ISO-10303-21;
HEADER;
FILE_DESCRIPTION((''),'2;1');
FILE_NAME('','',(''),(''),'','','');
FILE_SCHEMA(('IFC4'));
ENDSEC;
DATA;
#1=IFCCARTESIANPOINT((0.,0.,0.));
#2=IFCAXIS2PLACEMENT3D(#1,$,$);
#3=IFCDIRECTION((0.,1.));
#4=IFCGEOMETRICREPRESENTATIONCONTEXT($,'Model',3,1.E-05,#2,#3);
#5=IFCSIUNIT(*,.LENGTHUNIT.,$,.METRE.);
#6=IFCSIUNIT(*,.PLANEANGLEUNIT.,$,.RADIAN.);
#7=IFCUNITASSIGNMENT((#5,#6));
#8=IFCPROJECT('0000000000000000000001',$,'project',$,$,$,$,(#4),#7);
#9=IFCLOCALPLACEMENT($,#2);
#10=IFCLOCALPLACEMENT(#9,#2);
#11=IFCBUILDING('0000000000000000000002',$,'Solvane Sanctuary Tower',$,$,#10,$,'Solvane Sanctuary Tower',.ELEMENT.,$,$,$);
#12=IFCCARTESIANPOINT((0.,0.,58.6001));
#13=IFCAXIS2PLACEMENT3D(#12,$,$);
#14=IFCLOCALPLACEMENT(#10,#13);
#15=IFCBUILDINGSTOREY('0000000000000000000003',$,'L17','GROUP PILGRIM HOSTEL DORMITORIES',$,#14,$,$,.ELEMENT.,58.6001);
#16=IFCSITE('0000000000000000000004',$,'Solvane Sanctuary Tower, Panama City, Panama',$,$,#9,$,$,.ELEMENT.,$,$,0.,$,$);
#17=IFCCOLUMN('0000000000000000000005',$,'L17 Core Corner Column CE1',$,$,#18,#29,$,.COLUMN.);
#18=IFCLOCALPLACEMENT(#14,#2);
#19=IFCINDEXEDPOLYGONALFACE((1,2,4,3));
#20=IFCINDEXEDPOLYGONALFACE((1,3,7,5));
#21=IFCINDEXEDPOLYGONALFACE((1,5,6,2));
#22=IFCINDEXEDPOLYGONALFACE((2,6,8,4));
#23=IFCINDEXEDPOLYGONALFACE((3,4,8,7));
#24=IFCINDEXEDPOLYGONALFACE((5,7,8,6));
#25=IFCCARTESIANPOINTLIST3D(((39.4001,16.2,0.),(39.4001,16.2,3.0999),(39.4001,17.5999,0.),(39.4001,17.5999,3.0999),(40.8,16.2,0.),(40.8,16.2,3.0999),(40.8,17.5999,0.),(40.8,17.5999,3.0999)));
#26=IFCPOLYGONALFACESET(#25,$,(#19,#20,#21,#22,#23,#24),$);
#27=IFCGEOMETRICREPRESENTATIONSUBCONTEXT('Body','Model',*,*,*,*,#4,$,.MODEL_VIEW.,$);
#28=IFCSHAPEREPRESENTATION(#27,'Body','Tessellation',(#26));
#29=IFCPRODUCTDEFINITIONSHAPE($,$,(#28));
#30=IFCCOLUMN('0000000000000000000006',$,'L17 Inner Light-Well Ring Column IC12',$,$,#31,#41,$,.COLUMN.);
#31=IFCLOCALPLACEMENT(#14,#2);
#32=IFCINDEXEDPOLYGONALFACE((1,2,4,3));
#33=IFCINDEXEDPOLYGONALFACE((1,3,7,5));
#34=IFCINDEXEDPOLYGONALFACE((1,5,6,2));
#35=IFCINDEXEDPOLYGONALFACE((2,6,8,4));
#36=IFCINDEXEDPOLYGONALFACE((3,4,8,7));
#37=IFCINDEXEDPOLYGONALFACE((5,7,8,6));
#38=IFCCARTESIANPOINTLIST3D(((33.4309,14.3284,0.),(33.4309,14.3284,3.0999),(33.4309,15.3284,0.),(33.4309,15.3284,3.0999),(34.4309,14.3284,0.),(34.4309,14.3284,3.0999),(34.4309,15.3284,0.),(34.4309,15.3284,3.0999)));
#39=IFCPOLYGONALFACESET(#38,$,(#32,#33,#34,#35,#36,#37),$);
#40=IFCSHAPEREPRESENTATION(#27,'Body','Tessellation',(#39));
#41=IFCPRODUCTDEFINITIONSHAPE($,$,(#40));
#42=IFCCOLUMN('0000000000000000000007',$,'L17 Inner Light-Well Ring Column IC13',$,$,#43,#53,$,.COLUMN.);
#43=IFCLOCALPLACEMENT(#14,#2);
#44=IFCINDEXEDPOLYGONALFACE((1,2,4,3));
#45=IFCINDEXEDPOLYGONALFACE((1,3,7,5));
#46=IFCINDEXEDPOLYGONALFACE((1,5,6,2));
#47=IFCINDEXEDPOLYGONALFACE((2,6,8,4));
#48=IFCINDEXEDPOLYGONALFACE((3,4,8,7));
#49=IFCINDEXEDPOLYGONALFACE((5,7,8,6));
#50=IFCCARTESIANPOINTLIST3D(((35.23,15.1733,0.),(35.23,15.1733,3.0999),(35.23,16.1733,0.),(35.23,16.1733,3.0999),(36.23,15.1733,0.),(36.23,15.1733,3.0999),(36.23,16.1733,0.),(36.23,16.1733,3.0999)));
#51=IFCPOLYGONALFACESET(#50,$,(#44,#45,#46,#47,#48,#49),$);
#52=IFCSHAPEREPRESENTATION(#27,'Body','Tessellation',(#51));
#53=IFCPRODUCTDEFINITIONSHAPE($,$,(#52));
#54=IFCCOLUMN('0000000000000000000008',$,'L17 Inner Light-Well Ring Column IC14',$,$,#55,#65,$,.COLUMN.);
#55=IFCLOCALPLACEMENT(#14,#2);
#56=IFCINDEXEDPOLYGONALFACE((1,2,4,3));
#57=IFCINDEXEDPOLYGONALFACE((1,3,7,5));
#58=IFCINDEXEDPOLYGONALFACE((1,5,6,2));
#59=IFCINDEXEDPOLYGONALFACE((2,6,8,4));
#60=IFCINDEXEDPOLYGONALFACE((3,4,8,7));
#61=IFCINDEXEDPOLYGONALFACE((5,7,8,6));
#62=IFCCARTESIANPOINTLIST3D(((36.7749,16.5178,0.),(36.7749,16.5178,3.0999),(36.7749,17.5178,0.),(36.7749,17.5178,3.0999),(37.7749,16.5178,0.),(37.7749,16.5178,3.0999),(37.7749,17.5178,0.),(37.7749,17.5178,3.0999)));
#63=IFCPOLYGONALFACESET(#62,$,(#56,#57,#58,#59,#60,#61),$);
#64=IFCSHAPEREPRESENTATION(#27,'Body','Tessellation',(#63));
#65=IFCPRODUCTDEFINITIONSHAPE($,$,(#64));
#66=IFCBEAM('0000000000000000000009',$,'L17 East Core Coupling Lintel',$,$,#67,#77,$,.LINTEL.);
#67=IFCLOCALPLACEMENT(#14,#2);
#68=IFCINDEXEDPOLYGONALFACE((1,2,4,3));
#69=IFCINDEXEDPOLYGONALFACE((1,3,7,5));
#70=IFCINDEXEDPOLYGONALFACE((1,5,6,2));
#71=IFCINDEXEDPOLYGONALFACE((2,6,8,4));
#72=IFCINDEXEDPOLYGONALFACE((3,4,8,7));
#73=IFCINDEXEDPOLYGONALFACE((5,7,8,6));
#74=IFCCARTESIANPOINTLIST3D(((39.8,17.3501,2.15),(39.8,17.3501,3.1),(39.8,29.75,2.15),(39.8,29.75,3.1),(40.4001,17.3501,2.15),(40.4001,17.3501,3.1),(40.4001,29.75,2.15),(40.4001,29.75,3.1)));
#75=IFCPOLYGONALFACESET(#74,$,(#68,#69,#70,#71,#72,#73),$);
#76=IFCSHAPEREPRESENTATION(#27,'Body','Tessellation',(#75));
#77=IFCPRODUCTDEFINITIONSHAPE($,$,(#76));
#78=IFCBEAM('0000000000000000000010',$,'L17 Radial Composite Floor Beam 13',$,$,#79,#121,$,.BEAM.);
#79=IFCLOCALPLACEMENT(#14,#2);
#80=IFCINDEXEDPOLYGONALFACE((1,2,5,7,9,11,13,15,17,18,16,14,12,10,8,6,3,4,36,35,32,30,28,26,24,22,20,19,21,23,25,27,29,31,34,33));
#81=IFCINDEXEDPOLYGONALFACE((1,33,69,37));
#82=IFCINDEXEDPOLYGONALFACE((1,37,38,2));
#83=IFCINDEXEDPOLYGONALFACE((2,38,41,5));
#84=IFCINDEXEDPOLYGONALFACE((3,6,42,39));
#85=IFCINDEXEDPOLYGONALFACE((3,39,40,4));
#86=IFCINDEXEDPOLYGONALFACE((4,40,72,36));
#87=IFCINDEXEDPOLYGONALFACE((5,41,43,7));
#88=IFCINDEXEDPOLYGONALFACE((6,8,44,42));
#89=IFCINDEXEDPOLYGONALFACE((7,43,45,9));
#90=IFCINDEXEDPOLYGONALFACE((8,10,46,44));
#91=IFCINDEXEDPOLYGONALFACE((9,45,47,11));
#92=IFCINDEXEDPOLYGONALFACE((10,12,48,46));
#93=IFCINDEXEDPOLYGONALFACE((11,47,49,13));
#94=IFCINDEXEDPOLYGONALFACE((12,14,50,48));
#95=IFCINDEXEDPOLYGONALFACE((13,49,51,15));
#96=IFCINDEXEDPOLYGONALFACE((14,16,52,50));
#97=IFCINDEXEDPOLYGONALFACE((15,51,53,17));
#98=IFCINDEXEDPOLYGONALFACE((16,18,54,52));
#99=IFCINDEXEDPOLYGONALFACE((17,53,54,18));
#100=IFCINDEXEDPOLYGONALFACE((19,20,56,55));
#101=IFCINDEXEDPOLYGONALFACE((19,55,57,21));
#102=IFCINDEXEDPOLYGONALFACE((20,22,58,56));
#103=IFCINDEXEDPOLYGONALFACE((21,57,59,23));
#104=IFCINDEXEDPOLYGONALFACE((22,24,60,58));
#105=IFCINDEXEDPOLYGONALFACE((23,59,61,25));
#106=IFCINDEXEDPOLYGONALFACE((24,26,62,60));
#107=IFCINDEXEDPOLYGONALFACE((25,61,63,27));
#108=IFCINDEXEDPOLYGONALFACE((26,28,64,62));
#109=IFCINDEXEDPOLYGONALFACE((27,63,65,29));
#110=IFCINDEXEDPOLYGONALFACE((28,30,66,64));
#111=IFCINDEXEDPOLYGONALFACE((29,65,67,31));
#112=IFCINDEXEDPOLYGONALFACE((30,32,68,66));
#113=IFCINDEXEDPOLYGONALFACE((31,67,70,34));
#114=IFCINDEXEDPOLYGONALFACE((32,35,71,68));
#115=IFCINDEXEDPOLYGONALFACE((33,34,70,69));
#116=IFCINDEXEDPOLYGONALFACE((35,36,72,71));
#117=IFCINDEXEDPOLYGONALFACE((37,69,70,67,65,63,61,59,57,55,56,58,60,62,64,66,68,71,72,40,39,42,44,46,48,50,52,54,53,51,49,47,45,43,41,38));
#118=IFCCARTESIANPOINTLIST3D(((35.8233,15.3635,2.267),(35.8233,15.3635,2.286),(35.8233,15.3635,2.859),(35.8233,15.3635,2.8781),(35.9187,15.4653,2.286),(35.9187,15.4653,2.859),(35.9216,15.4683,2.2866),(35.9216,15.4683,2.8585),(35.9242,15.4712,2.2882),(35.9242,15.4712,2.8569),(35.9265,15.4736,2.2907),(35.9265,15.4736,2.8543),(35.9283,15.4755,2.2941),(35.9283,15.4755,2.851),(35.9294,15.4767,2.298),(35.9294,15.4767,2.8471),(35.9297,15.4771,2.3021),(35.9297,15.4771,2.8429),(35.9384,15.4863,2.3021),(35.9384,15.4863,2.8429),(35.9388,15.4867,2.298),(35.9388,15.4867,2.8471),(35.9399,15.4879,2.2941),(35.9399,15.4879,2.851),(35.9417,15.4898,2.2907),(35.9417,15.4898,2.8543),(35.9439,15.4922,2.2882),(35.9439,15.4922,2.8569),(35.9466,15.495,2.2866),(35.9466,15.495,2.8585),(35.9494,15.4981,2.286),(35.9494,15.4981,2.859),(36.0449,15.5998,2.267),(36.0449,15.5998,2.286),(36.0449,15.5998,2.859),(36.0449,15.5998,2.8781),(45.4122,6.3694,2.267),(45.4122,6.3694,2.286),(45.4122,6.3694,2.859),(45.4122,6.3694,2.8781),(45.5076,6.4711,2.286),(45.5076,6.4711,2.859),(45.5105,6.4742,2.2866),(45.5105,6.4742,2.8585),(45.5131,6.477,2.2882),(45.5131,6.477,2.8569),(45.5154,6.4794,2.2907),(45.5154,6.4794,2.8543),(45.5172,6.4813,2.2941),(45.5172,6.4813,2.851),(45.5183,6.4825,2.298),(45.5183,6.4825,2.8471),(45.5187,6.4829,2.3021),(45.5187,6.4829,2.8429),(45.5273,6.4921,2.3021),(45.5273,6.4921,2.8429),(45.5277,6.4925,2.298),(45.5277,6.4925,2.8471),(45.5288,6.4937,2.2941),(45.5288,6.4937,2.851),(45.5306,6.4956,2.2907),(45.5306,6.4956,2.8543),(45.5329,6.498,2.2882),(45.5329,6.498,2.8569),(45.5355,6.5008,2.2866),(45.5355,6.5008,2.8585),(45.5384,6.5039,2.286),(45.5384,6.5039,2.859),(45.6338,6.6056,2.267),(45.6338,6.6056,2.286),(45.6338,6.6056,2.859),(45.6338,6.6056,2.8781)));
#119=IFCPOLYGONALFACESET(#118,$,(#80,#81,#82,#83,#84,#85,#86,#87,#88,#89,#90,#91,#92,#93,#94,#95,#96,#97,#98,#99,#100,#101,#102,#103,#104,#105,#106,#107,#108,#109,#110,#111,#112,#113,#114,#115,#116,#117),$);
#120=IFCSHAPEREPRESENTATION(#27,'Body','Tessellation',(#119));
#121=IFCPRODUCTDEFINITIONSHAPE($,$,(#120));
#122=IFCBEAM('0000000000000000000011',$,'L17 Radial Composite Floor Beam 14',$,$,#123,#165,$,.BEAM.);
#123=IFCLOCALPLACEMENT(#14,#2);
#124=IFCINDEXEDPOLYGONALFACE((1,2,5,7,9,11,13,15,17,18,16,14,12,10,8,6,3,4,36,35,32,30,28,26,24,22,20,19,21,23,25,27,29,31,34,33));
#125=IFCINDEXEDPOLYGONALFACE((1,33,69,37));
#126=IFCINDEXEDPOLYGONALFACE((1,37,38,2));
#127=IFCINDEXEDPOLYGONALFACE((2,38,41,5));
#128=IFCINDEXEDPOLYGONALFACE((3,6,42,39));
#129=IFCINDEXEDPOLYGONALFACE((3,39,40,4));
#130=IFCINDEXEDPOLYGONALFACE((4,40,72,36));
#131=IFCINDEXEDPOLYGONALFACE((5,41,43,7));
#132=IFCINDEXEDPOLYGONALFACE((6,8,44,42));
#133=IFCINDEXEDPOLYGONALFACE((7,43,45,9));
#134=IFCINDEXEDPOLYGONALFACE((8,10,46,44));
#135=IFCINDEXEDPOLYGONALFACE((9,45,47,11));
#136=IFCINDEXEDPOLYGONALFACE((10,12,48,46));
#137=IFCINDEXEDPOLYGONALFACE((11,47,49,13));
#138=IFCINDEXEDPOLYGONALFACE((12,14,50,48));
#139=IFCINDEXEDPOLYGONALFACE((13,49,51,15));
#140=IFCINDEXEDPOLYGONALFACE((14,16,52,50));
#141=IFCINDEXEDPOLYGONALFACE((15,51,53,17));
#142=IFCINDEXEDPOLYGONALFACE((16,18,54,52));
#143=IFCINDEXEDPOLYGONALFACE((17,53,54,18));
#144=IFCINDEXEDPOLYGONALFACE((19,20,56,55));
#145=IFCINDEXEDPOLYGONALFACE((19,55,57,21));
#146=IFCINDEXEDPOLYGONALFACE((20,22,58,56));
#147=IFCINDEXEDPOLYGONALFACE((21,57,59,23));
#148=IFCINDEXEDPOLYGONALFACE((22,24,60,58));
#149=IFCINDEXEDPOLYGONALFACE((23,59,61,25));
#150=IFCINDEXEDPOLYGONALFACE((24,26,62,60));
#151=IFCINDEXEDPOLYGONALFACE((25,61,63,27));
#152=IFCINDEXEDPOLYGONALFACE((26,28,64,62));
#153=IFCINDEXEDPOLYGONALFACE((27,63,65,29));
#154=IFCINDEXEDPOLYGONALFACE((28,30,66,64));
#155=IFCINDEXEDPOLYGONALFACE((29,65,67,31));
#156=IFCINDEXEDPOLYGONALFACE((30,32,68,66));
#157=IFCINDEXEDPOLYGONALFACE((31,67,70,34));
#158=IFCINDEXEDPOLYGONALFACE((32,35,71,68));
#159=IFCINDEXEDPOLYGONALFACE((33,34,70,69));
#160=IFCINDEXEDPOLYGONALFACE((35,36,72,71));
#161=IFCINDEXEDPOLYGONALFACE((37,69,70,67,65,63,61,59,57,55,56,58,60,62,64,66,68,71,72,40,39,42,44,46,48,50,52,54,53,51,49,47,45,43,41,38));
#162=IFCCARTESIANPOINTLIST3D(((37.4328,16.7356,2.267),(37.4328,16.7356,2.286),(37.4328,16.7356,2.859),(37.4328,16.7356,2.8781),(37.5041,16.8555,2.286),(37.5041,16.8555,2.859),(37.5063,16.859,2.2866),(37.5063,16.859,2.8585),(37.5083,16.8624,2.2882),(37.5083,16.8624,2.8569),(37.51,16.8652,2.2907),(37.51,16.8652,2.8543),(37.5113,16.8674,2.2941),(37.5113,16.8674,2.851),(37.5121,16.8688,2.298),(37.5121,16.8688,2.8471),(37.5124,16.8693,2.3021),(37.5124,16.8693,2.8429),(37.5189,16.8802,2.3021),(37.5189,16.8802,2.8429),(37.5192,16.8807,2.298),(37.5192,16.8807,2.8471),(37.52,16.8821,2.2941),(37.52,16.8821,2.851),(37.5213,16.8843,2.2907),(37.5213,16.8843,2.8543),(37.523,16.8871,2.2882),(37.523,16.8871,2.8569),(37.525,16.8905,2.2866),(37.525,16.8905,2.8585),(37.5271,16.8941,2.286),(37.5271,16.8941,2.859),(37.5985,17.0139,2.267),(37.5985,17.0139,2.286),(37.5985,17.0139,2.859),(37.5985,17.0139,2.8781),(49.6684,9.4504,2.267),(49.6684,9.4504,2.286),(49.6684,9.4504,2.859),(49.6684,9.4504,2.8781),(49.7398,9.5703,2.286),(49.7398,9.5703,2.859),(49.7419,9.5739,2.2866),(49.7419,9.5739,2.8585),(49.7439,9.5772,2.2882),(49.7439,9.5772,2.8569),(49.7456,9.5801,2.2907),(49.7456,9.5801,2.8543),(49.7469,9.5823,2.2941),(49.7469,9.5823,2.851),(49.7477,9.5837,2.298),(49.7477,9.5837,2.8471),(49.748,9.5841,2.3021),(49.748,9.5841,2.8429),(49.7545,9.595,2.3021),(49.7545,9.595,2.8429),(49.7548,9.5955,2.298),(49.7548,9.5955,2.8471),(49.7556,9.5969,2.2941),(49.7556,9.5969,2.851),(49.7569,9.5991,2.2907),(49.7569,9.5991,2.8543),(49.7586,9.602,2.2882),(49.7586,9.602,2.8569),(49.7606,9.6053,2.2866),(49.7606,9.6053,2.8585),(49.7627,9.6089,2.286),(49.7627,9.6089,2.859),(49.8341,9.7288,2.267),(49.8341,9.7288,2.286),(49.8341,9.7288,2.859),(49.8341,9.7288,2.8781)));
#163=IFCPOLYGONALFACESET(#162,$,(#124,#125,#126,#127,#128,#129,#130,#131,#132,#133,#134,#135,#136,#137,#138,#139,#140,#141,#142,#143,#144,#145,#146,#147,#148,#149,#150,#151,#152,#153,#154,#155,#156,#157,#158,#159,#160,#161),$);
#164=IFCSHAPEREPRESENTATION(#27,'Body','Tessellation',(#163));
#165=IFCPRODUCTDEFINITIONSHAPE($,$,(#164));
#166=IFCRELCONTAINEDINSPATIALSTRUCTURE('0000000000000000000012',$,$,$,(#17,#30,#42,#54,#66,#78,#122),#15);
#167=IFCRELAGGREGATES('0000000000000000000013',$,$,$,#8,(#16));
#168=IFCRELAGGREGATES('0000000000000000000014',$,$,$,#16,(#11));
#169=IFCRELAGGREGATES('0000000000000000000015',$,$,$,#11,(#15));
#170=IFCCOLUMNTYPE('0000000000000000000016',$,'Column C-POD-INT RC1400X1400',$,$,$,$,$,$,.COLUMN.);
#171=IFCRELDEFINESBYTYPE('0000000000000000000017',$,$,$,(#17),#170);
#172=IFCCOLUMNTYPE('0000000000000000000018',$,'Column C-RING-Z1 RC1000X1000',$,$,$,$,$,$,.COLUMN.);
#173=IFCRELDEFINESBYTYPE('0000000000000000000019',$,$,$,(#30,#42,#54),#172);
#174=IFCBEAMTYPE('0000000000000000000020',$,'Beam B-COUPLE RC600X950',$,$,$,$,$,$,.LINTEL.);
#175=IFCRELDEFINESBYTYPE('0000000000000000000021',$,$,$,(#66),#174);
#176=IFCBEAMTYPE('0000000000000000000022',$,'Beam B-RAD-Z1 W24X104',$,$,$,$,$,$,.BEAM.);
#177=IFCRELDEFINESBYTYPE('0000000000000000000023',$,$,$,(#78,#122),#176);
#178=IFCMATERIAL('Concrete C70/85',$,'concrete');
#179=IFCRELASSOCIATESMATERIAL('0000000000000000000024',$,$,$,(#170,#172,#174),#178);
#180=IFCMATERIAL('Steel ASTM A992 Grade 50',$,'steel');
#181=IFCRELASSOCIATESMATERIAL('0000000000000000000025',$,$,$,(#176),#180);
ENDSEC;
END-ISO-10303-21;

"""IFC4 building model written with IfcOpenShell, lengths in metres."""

from ifc_helpers import new_model, si_unit, direction, frame, origin, origin_2d, place, context, subcontext, project, spatial, rectangle, i_section, extrude, material, material_profile, profile_set, type_object, element, save


model = new_model("IFC4")

# Units and contexts
model_context = context("Model", 3, precision=1e-05, world=origin(), true_north=direction((0.0, 1.0)))
body_context = subcontext(model_context, "Body", "Model", "MODEL_VIEW")
ifc_project = project(units=[si_unit("LENGTHUNIT", "METRE"), si_unit("PLANEANGLEUNIT", "RADIAN")], contexts=[model_context])

# Site, building, storey
site_placement = place(None, origin())
site = spatial("IfcSite", under=ifc_project, at=site_placement, Name="Solvane Sanctuary Tower, Panama City, Panama", CompositionType="ELEMENT", RefElevation=0.0)
building_placement = place(site_placement, origin())
building = spatial("IfcBuilding", under=site, at=building_placement, Name="Solvane Sanctuary Tower", LongName="Solvane Sanctuary Tower", CompositionType="ELEMENT")
storey_placement = place(building_placement, frame((0.0, 0.0, 58.6001)))
storey = spatial("IfcBuildingStorey", under=building, at=storey_placement, Name="L17", Description="GROUP PILGRIM HOSTEL DORMITORIES", CompositionType="ELEMENT", Elevation=58.6001)

# Columns
ifc_material_1 = material(Name="Concrete C70/85", Category="concrete")
ifc_material_profile_1 = material_profile(ifc_material_1, rectangle(XDim=1.3999, YDim=1.3999, at=origin_2d()), Name="RC1400X1400")
ifc_profile_set_1 = profile_set([ifc_material_profile_1], Name="Concrete C70/85")
column_type_1 = type_object("IfcColumnType", Name="Column C-POD-INT RC1400X1400", PredefinedType="COLUMN", material=ifc_profile_set_1)
column_placement = place(storey_placement, frame((40.1001, 16.8999, 0.0), z_axis=(0.0, 0.0, 1.0), x_axis=(1.0, 0.0, 0.0)))
element("IfcColumn", 1, at=column_placement, inside=storey, type_object=column_type_1, Name="L17 Core Corner Column CE1", PredefinedType="COLUMN", context=body_context, shape_type="SweptSolid", body=[
    extrude(rectangle(XDim=1.3999, YDim=1.3999, at=origin_2d()), origin(), (0.0, 0.0, 1.0), 3.0999),
])
ifc_material_profile_2 = material_profile(ifc_material_1, rectangle(XDim=1.0, YDim=1.0, at=origin_2d()), Name="RC1000X1000")
ifc_profile_set_2 = profile_set([ifc_material_profile_2], Name="Concrete C70/85")
column_type_2 = type_object("IfcColumnType", Name="Column C-RING-Z1 RC1000X1000", PredefinedType="COLUMN", material=ifc_profile_set_2)
for number, where, z_axis, x_axis, name in (
    (2, (33.9309, 14.8284, 0.0), (0.0, 0.0, 1.0), (1.0, 0.0, 0.0), "L17 Inner Light-Well Ring Column IC12"),
    (3, (35.73, 15.6733, 0.0), (0.0, 0.0, 1.0), (1.0, 0.0, 0.0), "L17 Inner Light-Well Ring Column IC13"),
    (4, (37.2749, 17.0178, 0.0), (0.0, 0.0, 1.0), (1.0, 0.0, 0.0), "L17 Inner Light-Well Ring Column IC14"),
):
    element("IfcColumn", number, at=place(storey_placement, frame(where, z_axis=z_axis, x_axis=x_axis)), inside=storey, type_object=column_type_2, Name=name, PredefinedType="COLUMN", context=body_context, shape_type="SweptSolid", body=[
        extrude(rectangle(XDim=1.0, YDim=1.0, at=origin_2d()), origin(), (0.0, 0.0, 1.0), 3.0999),
    ])

# Beams
ifc_material_profile_3 = material_profile(ifc_material_1, rectangle(XDim=0.6001, YDim=0.95, at=origin_2d()), Name="RC600X950")
ifc_profile_set_3 = profile_set([ifc_material_profile_3], Name="Concrete C70/85")
beam_type_1 = type_object("IfcBeamType", Name="Beam B-COUPLE RC600X950", PredefinedType="LINTEL", material=ifc_profile_set_3)
beam_1_placement = place(storey_placement, frame((40.1001, 17.3501, 2.625), z_axis=(0.0, 1.0, 0.0), x_axis=(-1.0, 0.0, 0.0)))
element("IfcBeam", 5, at=beam_1_placement, inside=storey, type_object=beam_type_1, Name="L17 East Core Coupling Lintel", PredefinedType="LINTEL", context=body_context, shape_type="SweptSolid", body=[
    extrude(rectangle(XDim=0.6001, YDim=0.95, at=origin_2d()), origin(), (0.0, 0.0, 1.0), 12.3999),
])
ifc_material_2 = material(Name="Steel ASTM A992 Grade 50", Category="steel")
ifc_material_profile_4 = material_profile(ifc_material_2, i_section(OverallWidth=0.324, OverallDepth=0.6111, WebThickness=0.0127, FlangeThickness=0.019, FilletRadius=0.0161, at=origin_2d()), Name="W24X104")
ifc_profile_set_4 = profile_set([ifc_material_profile_4], Name="Steel ASTM A992 Grade 50")
beam_type_2 = type_object("IfcBeamType", Name="Beam B-RAD-Z1 W24X104", PredefinedType="BEAM", material=ifc_profile_set_4)
beam_2_placement = place(storey_placement, frame((35.9341, 15.4817, 2.5725), z_axis=(0.729363, -0.684126, 0.0), x_axis=(0.684126, 0.729363, 0.0)))
element("IfcBeam", 6, at=beam_2_placement, inside=storey, type_object=beam_type_2, Name="L17 Radial Composite Floor Beam 13", PredefinedType="BEAM", context=body_context, shape_type="SweptSolid", body=[
    extrude(i_section(OverallWidth=0.324, OverallDepth=0.6111, WebThickness=0.0127, FlangeThickness=0.019, FilletRadius=0.0161, at=origin_2d()), origin(), (0.0, 0.0, 1.0), 13.147),
])
beam_3_placement = place(storey_placement, frame((37.5156, 16.8748, 2.5725), z_axis=(0.859229, -0.511591, 0.0), x_axis=(0.511591, 0.859229, 0.0)))
element("IfcBeam", 7, at=beam_3_placement, inside=storey, type_object=beam_type_2, Name="L17 Radial Composite Floor Beam 14", PredefinedType="BEAM", context=body_context, shape_type="SweptSolid", body=[
    extrude(i_section(OverallWidth=0.324, OverallDepth=0.6111, WebThickness=0.0127, FlangeThickness=0.019, FilletRadius=0.0161, at=origin_2d()), origin(), (0.0, 0.0, 1.0), 14.2402),
])

save(model, "model.ifc")
